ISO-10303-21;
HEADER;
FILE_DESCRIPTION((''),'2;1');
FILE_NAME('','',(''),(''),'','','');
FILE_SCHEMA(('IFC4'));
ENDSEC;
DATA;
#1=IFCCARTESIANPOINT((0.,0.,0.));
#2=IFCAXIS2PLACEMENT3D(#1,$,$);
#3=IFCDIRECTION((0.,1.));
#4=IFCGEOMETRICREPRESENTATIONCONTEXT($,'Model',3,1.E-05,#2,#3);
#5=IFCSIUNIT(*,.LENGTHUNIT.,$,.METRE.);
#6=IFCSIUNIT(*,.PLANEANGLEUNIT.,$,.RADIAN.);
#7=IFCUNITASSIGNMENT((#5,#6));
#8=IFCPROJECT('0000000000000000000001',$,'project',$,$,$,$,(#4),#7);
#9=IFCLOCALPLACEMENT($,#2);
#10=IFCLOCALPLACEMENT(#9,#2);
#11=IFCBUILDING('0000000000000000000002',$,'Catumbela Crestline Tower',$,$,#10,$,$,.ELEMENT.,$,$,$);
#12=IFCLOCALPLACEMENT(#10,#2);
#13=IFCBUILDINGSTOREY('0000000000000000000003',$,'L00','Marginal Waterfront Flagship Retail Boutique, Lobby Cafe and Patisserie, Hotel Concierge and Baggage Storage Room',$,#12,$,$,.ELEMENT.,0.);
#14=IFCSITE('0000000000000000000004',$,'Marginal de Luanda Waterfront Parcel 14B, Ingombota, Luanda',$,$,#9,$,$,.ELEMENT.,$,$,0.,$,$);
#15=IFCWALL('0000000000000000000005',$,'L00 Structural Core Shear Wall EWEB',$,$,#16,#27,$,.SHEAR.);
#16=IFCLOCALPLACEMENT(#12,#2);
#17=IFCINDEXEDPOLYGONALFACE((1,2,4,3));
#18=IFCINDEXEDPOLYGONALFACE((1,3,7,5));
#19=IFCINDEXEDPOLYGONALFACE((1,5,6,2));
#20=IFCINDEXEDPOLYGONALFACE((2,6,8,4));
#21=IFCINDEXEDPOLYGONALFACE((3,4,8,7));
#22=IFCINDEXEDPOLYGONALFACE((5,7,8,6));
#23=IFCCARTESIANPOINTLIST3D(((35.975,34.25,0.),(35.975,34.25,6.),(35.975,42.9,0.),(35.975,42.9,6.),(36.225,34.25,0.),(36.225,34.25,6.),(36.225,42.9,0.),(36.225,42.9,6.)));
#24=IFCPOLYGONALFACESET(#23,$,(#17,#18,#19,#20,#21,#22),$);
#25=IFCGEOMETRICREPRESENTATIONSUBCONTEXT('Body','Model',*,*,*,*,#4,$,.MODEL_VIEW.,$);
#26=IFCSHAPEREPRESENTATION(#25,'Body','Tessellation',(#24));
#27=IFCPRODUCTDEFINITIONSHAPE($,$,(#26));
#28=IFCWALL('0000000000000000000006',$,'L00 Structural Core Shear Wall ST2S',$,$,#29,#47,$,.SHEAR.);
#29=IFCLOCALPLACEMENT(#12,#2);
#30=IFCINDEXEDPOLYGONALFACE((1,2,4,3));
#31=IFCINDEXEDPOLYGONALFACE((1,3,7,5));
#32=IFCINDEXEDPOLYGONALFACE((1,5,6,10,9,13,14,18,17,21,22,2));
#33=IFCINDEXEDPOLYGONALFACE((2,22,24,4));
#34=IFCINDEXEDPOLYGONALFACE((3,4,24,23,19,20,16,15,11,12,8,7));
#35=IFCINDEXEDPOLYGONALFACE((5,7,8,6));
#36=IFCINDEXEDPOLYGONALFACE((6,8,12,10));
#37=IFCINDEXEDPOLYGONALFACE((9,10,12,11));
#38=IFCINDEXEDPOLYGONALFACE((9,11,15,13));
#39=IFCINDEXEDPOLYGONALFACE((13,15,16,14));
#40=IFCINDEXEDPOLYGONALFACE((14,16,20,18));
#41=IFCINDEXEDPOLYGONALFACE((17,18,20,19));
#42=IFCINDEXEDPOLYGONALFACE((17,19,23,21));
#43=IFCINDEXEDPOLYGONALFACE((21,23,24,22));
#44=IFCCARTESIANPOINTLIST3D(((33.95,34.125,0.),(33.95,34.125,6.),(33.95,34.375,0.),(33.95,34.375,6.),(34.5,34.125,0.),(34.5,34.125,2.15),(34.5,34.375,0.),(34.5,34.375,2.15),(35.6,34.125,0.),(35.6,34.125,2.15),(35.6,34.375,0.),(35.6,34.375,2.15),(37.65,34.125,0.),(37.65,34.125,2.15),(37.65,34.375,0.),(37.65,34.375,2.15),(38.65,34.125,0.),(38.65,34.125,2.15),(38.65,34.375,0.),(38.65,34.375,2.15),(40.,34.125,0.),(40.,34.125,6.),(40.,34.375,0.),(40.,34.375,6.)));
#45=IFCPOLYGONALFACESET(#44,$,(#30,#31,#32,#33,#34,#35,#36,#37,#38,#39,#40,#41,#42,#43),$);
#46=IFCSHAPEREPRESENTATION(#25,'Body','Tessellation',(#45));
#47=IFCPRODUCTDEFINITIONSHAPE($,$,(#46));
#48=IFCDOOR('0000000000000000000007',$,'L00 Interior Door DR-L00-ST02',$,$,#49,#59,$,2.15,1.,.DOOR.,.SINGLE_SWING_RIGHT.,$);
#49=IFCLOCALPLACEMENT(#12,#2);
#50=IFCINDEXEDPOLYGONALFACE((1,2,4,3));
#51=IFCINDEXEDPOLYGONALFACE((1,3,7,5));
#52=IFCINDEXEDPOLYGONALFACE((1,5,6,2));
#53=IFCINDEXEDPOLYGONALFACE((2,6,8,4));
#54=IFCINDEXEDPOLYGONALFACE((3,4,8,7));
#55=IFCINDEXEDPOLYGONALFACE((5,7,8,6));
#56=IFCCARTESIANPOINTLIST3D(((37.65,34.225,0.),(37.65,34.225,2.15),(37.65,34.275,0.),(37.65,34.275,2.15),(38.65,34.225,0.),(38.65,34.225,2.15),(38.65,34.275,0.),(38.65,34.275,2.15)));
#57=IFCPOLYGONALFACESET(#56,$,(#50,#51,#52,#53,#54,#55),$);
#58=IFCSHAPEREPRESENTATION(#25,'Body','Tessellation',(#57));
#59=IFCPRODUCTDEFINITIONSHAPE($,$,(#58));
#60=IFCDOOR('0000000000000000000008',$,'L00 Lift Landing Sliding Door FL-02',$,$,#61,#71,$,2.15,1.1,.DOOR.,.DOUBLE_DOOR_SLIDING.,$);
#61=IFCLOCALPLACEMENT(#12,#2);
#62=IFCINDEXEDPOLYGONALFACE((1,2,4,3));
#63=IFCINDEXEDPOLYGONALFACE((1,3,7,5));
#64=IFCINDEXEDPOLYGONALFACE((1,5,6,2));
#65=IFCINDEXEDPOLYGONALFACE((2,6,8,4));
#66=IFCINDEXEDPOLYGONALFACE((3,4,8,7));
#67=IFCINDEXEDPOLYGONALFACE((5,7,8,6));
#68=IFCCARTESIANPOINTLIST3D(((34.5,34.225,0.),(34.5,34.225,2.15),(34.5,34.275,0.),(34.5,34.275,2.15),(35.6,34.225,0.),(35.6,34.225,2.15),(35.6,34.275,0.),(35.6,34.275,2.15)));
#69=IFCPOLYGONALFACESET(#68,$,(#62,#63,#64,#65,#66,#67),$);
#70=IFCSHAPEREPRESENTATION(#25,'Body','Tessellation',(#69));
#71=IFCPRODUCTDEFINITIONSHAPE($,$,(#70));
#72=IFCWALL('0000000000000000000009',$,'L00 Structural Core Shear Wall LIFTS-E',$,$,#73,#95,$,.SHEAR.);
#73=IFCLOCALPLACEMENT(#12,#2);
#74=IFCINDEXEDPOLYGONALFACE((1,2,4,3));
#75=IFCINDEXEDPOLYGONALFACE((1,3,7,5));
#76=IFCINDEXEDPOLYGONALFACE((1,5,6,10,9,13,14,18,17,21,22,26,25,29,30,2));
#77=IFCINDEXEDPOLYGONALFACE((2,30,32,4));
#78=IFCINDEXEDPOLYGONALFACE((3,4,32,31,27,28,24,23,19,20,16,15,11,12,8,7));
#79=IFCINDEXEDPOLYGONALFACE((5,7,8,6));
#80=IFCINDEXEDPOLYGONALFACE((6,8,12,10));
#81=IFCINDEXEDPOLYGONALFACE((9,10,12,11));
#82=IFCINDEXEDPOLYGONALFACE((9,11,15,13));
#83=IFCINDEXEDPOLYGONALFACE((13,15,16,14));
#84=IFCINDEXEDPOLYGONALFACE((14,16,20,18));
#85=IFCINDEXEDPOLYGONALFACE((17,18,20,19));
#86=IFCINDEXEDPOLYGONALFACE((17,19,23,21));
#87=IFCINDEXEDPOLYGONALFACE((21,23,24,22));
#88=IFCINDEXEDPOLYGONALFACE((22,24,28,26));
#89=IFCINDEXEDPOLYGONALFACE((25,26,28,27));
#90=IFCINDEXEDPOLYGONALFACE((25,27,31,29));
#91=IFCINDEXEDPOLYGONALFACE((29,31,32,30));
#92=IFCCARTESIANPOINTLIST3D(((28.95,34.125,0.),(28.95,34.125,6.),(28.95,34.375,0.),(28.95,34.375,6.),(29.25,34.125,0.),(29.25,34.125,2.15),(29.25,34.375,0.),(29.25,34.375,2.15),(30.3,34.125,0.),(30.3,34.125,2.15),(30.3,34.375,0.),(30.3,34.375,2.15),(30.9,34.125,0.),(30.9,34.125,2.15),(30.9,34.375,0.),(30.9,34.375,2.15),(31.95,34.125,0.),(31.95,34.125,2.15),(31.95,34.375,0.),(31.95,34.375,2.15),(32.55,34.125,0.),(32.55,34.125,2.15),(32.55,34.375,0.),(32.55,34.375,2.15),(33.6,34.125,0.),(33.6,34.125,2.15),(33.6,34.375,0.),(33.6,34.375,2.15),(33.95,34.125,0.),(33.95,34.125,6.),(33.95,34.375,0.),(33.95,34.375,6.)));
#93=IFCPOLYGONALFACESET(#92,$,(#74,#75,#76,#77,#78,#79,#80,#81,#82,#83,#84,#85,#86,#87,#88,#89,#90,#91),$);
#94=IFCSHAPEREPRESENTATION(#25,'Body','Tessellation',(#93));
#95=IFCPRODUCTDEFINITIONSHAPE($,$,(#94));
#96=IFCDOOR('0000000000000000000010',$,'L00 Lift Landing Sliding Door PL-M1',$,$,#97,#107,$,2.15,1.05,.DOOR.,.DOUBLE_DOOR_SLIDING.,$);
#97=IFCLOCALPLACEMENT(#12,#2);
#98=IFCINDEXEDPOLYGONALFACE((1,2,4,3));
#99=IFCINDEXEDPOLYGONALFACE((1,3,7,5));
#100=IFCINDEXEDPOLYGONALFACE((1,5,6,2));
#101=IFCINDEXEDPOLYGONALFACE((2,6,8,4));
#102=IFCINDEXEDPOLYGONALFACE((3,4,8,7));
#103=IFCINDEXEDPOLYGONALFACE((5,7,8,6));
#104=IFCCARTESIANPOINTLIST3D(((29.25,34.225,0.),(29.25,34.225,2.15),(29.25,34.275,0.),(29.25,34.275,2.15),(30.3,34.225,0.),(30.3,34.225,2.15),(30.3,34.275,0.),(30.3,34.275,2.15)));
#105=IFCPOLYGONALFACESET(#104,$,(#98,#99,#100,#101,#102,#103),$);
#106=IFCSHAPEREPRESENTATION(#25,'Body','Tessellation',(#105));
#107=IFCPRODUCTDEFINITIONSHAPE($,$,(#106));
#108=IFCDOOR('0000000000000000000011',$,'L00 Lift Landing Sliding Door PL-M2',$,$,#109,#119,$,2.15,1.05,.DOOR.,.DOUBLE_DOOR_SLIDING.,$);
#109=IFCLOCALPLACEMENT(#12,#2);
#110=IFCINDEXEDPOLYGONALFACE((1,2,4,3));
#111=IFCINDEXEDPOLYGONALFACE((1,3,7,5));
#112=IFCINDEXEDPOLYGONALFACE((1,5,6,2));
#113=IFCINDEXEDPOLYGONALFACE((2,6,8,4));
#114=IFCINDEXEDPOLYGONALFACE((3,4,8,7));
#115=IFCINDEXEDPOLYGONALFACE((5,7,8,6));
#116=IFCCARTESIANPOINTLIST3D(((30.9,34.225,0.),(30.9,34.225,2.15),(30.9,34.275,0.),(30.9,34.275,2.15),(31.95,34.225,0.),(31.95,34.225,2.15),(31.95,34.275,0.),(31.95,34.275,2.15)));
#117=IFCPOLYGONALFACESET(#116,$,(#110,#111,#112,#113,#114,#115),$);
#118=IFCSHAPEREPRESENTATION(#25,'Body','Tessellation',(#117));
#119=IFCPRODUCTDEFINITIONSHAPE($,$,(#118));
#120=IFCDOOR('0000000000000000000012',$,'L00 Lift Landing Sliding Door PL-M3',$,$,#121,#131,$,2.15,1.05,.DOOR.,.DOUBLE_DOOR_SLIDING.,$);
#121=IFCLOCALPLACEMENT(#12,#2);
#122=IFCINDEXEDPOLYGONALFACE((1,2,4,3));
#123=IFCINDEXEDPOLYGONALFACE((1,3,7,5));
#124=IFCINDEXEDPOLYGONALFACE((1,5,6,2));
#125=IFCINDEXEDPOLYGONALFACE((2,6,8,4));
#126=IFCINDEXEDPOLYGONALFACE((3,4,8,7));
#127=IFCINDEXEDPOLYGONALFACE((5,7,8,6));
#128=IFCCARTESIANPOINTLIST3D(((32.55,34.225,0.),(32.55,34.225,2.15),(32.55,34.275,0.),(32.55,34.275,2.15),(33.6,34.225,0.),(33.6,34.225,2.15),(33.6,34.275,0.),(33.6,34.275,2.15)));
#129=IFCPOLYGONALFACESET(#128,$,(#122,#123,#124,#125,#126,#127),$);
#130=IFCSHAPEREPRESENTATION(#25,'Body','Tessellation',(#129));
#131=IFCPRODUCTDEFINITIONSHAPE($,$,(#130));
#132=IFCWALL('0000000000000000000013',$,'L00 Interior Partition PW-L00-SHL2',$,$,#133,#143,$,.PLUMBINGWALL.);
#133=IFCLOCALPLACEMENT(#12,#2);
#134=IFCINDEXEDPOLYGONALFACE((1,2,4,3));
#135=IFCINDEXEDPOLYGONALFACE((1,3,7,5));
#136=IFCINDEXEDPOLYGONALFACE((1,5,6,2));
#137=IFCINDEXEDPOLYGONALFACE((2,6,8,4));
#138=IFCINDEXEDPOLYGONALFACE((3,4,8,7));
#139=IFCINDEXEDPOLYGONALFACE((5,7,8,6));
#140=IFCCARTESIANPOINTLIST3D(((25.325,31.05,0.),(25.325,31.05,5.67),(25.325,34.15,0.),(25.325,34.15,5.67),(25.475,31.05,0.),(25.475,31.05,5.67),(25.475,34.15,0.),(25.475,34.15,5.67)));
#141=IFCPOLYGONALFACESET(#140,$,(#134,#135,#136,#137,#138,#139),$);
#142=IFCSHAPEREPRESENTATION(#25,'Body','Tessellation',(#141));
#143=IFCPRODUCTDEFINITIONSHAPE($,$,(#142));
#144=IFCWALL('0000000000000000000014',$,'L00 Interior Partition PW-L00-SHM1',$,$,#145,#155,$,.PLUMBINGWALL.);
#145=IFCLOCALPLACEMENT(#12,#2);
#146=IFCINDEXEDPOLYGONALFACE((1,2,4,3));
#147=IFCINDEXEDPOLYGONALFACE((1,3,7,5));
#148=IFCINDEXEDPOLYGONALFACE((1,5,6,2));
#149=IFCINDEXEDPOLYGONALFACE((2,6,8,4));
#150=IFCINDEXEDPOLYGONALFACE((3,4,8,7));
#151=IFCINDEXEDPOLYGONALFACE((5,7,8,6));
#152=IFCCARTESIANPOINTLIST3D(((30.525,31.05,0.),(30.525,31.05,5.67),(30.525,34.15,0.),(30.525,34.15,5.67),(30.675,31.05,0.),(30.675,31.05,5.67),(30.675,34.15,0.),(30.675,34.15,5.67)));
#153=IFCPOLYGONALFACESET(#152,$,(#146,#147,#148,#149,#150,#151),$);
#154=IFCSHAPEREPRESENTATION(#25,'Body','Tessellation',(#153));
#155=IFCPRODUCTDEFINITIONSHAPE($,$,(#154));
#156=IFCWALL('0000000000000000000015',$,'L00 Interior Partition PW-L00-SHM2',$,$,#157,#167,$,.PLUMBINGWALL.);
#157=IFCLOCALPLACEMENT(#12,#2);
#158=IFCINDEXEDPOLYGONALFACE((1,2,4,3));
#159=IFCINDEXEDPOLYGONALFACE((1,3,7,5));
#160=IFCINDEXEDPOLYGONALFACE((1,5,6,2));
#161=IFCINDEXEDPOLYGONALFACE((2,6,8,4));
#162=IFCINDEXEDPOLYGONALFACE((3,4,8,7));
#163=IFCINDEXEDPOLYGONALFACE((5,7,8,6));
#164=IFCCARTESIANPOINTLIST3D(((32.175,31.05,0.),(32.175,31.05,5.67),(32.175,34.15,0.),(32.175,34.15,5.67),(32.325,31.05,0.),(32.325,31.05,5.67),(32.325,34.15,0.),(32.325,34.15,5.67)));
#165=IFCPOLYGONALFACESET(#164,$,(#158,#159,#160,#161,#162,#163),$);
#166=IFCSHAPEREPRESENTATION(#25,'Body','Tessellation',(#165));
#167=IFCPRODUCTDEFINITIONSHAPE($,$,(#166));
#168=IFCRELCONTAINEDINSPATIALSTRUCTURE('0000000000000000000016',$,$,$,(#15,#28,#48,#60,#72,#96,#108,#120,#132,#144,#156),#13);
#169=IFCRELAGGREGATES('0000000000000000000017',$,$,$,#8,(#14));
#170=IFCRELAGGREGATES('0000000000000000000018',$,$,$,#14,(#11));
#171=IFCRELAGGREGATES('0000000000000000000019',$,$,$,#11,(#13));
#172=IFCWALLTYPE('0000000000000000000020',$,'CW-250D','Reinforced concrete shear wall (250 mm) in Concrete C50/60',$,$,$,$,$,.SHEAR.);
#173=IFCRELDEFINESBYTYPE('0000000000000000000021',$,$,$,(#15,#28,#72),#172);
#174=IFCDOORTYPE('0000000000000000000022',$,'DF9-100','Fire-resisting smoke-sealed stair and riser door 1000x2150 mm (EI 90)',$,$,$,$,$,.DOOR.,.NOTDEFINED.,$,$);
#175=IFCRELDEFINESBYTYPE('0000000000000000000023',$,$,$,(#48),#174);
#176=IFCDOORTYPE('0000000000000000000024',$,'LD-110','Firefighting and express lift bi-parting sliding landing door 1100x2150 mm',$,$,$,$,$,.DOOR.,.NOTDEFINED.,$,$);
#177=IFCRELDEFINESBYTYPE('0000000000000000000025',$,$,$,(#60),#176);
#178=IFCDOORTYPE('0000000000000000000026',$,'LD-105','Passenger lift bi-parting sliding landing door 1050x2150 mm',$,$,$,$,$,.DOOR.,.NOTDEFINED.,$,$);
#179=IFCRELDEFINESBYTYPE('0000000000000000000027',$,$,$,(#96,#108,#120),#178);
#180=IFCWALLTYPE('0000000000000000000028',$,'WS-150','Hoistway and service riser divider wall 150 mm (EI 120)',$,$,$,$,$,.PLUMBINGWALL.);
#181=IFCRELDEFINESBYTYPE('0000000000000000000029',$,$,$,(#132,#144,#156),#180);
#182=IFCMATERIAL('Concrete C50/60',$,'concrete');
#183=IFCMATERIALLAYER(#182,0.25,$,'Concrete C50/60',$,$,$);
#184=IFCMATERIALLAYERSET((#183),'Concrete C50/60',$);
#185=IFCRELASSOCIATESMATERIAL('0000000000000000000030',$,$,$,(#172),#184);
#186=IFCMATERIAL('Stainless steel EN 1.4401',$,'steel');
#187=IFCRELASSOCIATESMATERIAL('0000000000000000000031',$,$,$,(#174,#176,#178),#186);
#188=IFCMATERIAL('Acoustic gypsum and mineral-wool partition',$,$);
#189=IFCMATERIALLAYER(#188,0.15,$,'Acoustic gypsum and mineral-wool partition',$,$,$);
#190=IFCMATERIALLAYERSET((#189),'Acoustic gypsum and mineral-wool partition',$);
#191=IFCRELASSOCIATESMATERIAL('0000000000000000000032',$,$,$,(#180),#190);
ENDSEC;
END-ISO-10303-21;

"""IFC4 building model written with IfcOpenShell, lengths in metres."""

from ifc_helpers import new_model, si_unit, direction, frame, frame_2d, origin, place, context, subcontext, project, spatial, rectangle, extrude, material, layer, layer_set, type_object, element, fill, save


model = new_model("IFC4")

# Units and contexts
model_context = context("Model", 3, precision=1e-05, world=origin(), true_north=direction((0.0, 1.0)))
body_context = subcontext(model_context, "Body", "Model", "MODEL_VIEW")
ifc_project = project(units=[si_unit("LENGTHUNIT", "METRE"), si_unit("PLANEANGLEUNIT", "RADIAN")], contexts=[model_context])

# Site, building, storey
site_placement = place(None, origin())
site = spatial("IfcSite", under=ifc_project, at=site_placement, Name="Marginal de Luanda Waterfront Parcel 14B, Ingombota, Luanda", CompositionType="ELEMENT", RefElevation=0.0)
building_placement = place(site_placement, origin())
building = spatial("IfcBuilding", under=site, at=building_placement, Name="Catumbela Crestline Tower", CompositionType="ELEMENT")
storey_placement = place(building_placement, origin())
storey = spatial("IfcBuildingStorey", under=building, at=storey_placement, Name="L00", Description="Marginal Waterfront Flagship Retail Boutique, Lobby Cafe and Patisserie, Hotel Concierge and Baggage Storage Room", CompositionType="ELEMENT", Elevation=0.0)

# Wall
ifc_material_1 = material(Name="Concrete C50/60", Category="concrete")
ifc_layer_1 = layer(ifc_material_1, 0.25, Name="Concrete C50/60")
ifc_layer_set_1 = layer_set([ifc_layer_1], Name="Concrete C50/60")
wall_type_1 = type_object("IfcWallType", Name="CW-250D", Description="Reinforced concrete shear wall (250 mm) in Concrete C50/60", PredefinedType="SHEAR", material=ifc_layer_set_1)
wall_1_placement = place(storey_placement, frame((36.1, 34.25, 0.0), z_axis=(0.0, 0.0, 1.0), x_axis=(0.0, 1.0, 0.0)))
element("IfcWall", 1, at=wall_1_placement, inside=storey, type_object=wall_type_1, Name="L00 Structural Core Shear Wall EWEB", PredefinedType="SHEAR", context=body_context, shape_type="SweptSolid", body=[
    extrude(rectangle(XDim=8.65, YDim=0.25, at=frame_2d((4.325, 0.0))), origin(), (0.0, 0.0, 1.0), 6.0),
])

# Walls, openings, doors
wall_2_placement = place(storey_placement, frame((33.95, 34.25, 0.0), z_axis=(0.0, 0.0, 1.0), x_axis=(1.0, 0.0, 0.0)))
wall_2 = element("IfcWall", 2, at=wall_2_placement, inside=storey, type_object=wall_type_1, Name="L00 Structural Core Shear Wall ST2S", PredefinedType="SHEAR", context=body_context, shape_type="SweptSolid", body=[
    extrude(rectangle(XDim=6.05, YDim=0.25, at=frame_2d((3.025, 0.0))), origin(), (0.0, 0.0, 1.0), 6.0),
])
opening_1_placement = place(wall_2_placement, frame((3.7, 0.0, 0.0)))
opening_1 = element("IfcOpeningElement", 3, at=opening_1_placement, cuts=wall_2, PredefinedType="OPENING", context=body_context, shape_type="SweptSolid", body=[
    extrude(rectangle(XDim=1.0, YDim=2.15, at=frame_2d((0.5, 1.075))), frame((0.0, 0.135, 0.0), z_axis=(0.0, -1.0, 0.0), x_axis=(1.0, 0.0, 0.0)), (0.0, 0.0, 1.0), 0.27),
])
opening_2_placement = place(wall_2_placement, frame((0.55, 0.0, 0.0)))
opening_2 = element("IfcOpeningElement", 4, at=opening_2_placement, cuts=wall_2, PredefinedType="OPENING", context=body_context, shape_type="SweptSolid", body=[
    extrude(rectangle(XDim=1.1, YDim=2.15, at=frame_2d((0.55, 1.075))), frame((0.0, 0.135, 0.0), z_axis=(0.0, -1.0, 0.0), x_axis=(1.0, 0.0, 0.0)), (0.0, 0.0, 1.0), 0.27),
])
ifc_material_2 = material(Name="Stainless steel EN 1.4401", Category="steel")
door_type_1 = type_object("IfcDoorType", Name="DF9-100", Description="Fire-resisting smoke-sealed stair and riser door 1000x2150 mm (EI 90)", OperationType="NOTDEFINED", PredefinedType="DOOR", material=ifc_material_2)
door_1_placement = place(opening_1_placement, origin())
door_1 = element("IfcDoor", 5, at=door_1_placement, inside=storey, type_object=door_type_1, Name="L00 Interior Door DR-L00-ST02", OperationType="SINGLE_SWING_RIGHT", OverallHeight=2.15, OverallWidth=1.0, PredefinedType="DOOR", context=body_context, shape_type="SweptSolid", body=[
    extrude(rectangle(XDim=1.0, YDim=2.15, at=frame_2d((0.5, 1.075))), frame((0.0, 0.025, 0.0), z_axis=(0.0, -1.0, 0.0), x_axis=(1.0, 0.0, 0.0)), (0.0, 0.0, 1.0), 0.05),
])
fill(opening_1, door_1)
door_type_2 = type_object("IfcDoorType", Name="LD-110", Description="Firefighting and express lift bi-parting sliding landing door 1100x2150 mm", OperationType="NOTDEFINED", PredefinedType="DOOR", material=ifc_material_2)
door_2_placement = place(opening_2_placement, origin())
door_2 = element("IfcDoor", 6, at=door_2_placement, inside=storey, type_object=door_type_2, Name="L00 Lift Landing Sliding Door FL-02", OperationType="DOUBLE_DOOR_SLIDING", OverallHeight=2.15, OverallWidth=1.1, PredefinedType="DOOR", context=body_context, shape_type="SweptSolid", body=[
    extrude(rectangle(XDim=1.1, YDim=2.15, at=frame_2d((0.55, 1.075))), frame((0.0, 0.025, 0.0), z_axis=(0.0, -1.0, 0.0), x_axis=(1.0, 0.0, 0.0)), (0.0, 0.0, 1.0), 0.05),
])
fill(opening_2, door_2)
wall_3_placement = place(storey_placement, frame((28.95, 34.25, 0.0), z_axis=(0.0, 0.0, 1.0), x_axis=(1.0, 0.0, 0.0)))
wall_3 = element("IfcWall", 7, at=wall_3_placement, inside=storey, type_object=wall_type_1, Name="L00 Structural Core Shear Wall LIFTS-E", PredefinedType="SHEAR", context=body_context, shape_type="SweptSolid", body=[
    extrude(rectangle(XDim=5.0, YDim=0.25, at=frame_2d((2.5, 0.0))), origin(), (0.0, 0.0, 1.0), 6.0),
])
opening_3_placement = place(wall_3_placement, frame((0.3, 0.0, 0.0)))
opening_3 = element("IfcOpeningElement", 8, at=opening_3_placement, cuts=wall_3, PredefinedType="OPENING", context=body_context, shape_type="SweptSolid", body=[
    extrude(rectangle(XDim=1.05, YDim=2.15, at=frame_2d((0.525, 1.075))), frame((0.0, 0.135, 0.0), z_axis=(0.0, -1.0, 0.0), x_axis=(1.0, 0.0, 0.0)), (0.0, 0.0, 1.0), 0.27),
])
opening_4_placement = place(wall_3_placement, frame((1.95, 0.0, 0.0)))
opening_4 = element("IfcOpeningElement", 9, at=opening_4_placement, cuts=wall_3, PredefinedType="OPENING", context=body_context, shape_type="SweptSolid", body=[
    extrude(rectangle(XDim=1.05, YDim=2.15, at=frame_2d((0.525, 1.075))), frame((0.0, 0.135, 0.0), z_axis=(0.0, -1.0, 0.0), x_axis=(1.0, 0.0, 0.0)), (0.0, 0.0, 1.0), 0.27),
])
opening_5_placement = place(wall_3_placement, frame((3.6, 0.0, 0.0)))
opening_5 = element("IfcOpeningElement", 10, at=opening_5_placement, cuts=wall_3, PredefinedType="OPENING", context=body_context, shape_type="SweptSolid", body=[
    extrude(rectangle(XDim=1.05, YDim=2.15, at=frame_2d((0.525, 1.075))), frame((0.0, 0.135, 0.0), z_axis=(0.0, -1.0, 0.0), x_axis=(1.0, 0.0, 0.0)), (0.0, 0.0, 1.0), 0.27),
])
door_type_3 = type_object("IfcDoorType", Name="LD-105", Description="Passenger lift bi-parting sliding landing door 1050x2150 mm", OperationType="NOTDEFINED", PredefinedType="DOOR", material=ifc_material_2)
door_3_placement = place(opening_3_placement, origin())
door_3 = element("IfcDoor", 11, at=door_3_placement, inside=storey, type_object=door_type_3, Name="L00 Lift Landing Sliding Door PL-M1", OperationType="DOUBLE_DOOR_SLIDING", OverallHeight=2.15, OverallWidth=1.05, PredefinedType="DOOR", context=body_context, shape_type="SweptSolid", body=[
    extrude(rectangle(XDim=1.05, YDim=2.15, at=frame_2d((0.525, 1.075))), frame((0.0, 0.025, 0.0), z_axis=(0.0, -1.0, 0.0), x_axis=(1.0, 0.0, 0.0)), (0.0, 0.0, 1.0), 0.05),
])
fill(opening_3, door_3)
door_4_placement = place(opening_4_placement, origin())
door_4 = element("IfcDoor", 12, at=door_4_placement, inside=storey, type_object=door_type_3, Name="L00 Lift Landing Sliding Door PL-M2", OperationType="DOUBLE_DOOR_SLIDING", OverallHeight=2.15, OverallWidth=1.05, PredefinedType="DOOR", context=body_context, shape_type="SweptSolid", body=[
    extrude(rectangle(XDim=1.05, YDim=2.15, at=frame_2d((0.525, 1.075))), frame((0.0, 0.025, 0.0), z_axis=(0.0, -1.0, 0.0), x_axis=(1.0, 0.0, 0.0)), (0.0, 0.0, 1.0), 0.05),
])
fill(opening_4, door_4)
door_5_placement = place(opening_5_placement, origin())
door_5 = element("IfcDoor", 13, at=door_5_placement, inside=storey, type_object=door_type_3, Name="L00 Lift Landing Sliding Door PL-M3", OperationType="DOUBLE_DOOR_SLIDING", OverallHeight=2.15, OverallWidth=1.05, PredefinedType="DOOR", context=body_context, shape_type="SweptSolid", body=[
    extrude(rectangle(XDim=1.05, YDim=2.15, at=frame_2d((0.525, 1.075))), frame((0.0, 0.025, 0.0), z_axis=(0.0, -1.0, 0.0), x_axis=(1.0, 0.0, 0.0)), (0.0, 0.0, 1.0), 0.05),
])
fill(opening_5, door_5)

# Walls
ifc_material_3 = material(Name="Acoustic gypsum and mineral-wool partition")
ifc_layer_2 = layer(ifc_material_3, 0.15, Name="Acoustic gypsum and mineral-wool partition")
ifc_layer_set_2 = layer_set([ifc_layer_2], Name="Acoustic gypsum and mineral-wool partition")
wall_type_2 = type_object("IfcWallType", Name="WS-150", Description="Hoistway and service riser divider wall 150 mm (EI 120)", PredefinedType="PLUMBINGWALL", material=ifc_layer_set_2)
for number, where, z_axis, x_axis, name in (
    (14, (25.4, 31.05, 0.0), (0.0, 0.0, 1.0), (0.0, 1.0, 0.0), "L00 Interior Partition PW-L00-SHL2"),
    (15, (30.6, 31.05, 0.0), (0.0, 0.0, 1.0), (0.0, 1.0, 0.0), "L00 Interior Partition PW-L00-SHM1"),
    (16, (32.25, 31.05, 0.0), (0.0, 0.0, 1.0), (0.0, 1.0, 0.0), "L00 Interior Partition PW-L00-SHM2"),
):
    element("IfcWall", number, at=place(storey_placement, frame(where, z_axis=z_axis, x_axis=x_axis)), inside=storey, type_object=wall_type_2, Name=name, PredefinedType="PLUMBINGWALL", context=body_context, shape_type="SweptSolid", body=[
        extrude(rectangle(XDim=3.1, YDim=0.15, at=frame_2d((1.55, 0.0))), origin(), (0.0, 0.0, 1.0), 5.67),
    ])

save(model, "model.ifc")
